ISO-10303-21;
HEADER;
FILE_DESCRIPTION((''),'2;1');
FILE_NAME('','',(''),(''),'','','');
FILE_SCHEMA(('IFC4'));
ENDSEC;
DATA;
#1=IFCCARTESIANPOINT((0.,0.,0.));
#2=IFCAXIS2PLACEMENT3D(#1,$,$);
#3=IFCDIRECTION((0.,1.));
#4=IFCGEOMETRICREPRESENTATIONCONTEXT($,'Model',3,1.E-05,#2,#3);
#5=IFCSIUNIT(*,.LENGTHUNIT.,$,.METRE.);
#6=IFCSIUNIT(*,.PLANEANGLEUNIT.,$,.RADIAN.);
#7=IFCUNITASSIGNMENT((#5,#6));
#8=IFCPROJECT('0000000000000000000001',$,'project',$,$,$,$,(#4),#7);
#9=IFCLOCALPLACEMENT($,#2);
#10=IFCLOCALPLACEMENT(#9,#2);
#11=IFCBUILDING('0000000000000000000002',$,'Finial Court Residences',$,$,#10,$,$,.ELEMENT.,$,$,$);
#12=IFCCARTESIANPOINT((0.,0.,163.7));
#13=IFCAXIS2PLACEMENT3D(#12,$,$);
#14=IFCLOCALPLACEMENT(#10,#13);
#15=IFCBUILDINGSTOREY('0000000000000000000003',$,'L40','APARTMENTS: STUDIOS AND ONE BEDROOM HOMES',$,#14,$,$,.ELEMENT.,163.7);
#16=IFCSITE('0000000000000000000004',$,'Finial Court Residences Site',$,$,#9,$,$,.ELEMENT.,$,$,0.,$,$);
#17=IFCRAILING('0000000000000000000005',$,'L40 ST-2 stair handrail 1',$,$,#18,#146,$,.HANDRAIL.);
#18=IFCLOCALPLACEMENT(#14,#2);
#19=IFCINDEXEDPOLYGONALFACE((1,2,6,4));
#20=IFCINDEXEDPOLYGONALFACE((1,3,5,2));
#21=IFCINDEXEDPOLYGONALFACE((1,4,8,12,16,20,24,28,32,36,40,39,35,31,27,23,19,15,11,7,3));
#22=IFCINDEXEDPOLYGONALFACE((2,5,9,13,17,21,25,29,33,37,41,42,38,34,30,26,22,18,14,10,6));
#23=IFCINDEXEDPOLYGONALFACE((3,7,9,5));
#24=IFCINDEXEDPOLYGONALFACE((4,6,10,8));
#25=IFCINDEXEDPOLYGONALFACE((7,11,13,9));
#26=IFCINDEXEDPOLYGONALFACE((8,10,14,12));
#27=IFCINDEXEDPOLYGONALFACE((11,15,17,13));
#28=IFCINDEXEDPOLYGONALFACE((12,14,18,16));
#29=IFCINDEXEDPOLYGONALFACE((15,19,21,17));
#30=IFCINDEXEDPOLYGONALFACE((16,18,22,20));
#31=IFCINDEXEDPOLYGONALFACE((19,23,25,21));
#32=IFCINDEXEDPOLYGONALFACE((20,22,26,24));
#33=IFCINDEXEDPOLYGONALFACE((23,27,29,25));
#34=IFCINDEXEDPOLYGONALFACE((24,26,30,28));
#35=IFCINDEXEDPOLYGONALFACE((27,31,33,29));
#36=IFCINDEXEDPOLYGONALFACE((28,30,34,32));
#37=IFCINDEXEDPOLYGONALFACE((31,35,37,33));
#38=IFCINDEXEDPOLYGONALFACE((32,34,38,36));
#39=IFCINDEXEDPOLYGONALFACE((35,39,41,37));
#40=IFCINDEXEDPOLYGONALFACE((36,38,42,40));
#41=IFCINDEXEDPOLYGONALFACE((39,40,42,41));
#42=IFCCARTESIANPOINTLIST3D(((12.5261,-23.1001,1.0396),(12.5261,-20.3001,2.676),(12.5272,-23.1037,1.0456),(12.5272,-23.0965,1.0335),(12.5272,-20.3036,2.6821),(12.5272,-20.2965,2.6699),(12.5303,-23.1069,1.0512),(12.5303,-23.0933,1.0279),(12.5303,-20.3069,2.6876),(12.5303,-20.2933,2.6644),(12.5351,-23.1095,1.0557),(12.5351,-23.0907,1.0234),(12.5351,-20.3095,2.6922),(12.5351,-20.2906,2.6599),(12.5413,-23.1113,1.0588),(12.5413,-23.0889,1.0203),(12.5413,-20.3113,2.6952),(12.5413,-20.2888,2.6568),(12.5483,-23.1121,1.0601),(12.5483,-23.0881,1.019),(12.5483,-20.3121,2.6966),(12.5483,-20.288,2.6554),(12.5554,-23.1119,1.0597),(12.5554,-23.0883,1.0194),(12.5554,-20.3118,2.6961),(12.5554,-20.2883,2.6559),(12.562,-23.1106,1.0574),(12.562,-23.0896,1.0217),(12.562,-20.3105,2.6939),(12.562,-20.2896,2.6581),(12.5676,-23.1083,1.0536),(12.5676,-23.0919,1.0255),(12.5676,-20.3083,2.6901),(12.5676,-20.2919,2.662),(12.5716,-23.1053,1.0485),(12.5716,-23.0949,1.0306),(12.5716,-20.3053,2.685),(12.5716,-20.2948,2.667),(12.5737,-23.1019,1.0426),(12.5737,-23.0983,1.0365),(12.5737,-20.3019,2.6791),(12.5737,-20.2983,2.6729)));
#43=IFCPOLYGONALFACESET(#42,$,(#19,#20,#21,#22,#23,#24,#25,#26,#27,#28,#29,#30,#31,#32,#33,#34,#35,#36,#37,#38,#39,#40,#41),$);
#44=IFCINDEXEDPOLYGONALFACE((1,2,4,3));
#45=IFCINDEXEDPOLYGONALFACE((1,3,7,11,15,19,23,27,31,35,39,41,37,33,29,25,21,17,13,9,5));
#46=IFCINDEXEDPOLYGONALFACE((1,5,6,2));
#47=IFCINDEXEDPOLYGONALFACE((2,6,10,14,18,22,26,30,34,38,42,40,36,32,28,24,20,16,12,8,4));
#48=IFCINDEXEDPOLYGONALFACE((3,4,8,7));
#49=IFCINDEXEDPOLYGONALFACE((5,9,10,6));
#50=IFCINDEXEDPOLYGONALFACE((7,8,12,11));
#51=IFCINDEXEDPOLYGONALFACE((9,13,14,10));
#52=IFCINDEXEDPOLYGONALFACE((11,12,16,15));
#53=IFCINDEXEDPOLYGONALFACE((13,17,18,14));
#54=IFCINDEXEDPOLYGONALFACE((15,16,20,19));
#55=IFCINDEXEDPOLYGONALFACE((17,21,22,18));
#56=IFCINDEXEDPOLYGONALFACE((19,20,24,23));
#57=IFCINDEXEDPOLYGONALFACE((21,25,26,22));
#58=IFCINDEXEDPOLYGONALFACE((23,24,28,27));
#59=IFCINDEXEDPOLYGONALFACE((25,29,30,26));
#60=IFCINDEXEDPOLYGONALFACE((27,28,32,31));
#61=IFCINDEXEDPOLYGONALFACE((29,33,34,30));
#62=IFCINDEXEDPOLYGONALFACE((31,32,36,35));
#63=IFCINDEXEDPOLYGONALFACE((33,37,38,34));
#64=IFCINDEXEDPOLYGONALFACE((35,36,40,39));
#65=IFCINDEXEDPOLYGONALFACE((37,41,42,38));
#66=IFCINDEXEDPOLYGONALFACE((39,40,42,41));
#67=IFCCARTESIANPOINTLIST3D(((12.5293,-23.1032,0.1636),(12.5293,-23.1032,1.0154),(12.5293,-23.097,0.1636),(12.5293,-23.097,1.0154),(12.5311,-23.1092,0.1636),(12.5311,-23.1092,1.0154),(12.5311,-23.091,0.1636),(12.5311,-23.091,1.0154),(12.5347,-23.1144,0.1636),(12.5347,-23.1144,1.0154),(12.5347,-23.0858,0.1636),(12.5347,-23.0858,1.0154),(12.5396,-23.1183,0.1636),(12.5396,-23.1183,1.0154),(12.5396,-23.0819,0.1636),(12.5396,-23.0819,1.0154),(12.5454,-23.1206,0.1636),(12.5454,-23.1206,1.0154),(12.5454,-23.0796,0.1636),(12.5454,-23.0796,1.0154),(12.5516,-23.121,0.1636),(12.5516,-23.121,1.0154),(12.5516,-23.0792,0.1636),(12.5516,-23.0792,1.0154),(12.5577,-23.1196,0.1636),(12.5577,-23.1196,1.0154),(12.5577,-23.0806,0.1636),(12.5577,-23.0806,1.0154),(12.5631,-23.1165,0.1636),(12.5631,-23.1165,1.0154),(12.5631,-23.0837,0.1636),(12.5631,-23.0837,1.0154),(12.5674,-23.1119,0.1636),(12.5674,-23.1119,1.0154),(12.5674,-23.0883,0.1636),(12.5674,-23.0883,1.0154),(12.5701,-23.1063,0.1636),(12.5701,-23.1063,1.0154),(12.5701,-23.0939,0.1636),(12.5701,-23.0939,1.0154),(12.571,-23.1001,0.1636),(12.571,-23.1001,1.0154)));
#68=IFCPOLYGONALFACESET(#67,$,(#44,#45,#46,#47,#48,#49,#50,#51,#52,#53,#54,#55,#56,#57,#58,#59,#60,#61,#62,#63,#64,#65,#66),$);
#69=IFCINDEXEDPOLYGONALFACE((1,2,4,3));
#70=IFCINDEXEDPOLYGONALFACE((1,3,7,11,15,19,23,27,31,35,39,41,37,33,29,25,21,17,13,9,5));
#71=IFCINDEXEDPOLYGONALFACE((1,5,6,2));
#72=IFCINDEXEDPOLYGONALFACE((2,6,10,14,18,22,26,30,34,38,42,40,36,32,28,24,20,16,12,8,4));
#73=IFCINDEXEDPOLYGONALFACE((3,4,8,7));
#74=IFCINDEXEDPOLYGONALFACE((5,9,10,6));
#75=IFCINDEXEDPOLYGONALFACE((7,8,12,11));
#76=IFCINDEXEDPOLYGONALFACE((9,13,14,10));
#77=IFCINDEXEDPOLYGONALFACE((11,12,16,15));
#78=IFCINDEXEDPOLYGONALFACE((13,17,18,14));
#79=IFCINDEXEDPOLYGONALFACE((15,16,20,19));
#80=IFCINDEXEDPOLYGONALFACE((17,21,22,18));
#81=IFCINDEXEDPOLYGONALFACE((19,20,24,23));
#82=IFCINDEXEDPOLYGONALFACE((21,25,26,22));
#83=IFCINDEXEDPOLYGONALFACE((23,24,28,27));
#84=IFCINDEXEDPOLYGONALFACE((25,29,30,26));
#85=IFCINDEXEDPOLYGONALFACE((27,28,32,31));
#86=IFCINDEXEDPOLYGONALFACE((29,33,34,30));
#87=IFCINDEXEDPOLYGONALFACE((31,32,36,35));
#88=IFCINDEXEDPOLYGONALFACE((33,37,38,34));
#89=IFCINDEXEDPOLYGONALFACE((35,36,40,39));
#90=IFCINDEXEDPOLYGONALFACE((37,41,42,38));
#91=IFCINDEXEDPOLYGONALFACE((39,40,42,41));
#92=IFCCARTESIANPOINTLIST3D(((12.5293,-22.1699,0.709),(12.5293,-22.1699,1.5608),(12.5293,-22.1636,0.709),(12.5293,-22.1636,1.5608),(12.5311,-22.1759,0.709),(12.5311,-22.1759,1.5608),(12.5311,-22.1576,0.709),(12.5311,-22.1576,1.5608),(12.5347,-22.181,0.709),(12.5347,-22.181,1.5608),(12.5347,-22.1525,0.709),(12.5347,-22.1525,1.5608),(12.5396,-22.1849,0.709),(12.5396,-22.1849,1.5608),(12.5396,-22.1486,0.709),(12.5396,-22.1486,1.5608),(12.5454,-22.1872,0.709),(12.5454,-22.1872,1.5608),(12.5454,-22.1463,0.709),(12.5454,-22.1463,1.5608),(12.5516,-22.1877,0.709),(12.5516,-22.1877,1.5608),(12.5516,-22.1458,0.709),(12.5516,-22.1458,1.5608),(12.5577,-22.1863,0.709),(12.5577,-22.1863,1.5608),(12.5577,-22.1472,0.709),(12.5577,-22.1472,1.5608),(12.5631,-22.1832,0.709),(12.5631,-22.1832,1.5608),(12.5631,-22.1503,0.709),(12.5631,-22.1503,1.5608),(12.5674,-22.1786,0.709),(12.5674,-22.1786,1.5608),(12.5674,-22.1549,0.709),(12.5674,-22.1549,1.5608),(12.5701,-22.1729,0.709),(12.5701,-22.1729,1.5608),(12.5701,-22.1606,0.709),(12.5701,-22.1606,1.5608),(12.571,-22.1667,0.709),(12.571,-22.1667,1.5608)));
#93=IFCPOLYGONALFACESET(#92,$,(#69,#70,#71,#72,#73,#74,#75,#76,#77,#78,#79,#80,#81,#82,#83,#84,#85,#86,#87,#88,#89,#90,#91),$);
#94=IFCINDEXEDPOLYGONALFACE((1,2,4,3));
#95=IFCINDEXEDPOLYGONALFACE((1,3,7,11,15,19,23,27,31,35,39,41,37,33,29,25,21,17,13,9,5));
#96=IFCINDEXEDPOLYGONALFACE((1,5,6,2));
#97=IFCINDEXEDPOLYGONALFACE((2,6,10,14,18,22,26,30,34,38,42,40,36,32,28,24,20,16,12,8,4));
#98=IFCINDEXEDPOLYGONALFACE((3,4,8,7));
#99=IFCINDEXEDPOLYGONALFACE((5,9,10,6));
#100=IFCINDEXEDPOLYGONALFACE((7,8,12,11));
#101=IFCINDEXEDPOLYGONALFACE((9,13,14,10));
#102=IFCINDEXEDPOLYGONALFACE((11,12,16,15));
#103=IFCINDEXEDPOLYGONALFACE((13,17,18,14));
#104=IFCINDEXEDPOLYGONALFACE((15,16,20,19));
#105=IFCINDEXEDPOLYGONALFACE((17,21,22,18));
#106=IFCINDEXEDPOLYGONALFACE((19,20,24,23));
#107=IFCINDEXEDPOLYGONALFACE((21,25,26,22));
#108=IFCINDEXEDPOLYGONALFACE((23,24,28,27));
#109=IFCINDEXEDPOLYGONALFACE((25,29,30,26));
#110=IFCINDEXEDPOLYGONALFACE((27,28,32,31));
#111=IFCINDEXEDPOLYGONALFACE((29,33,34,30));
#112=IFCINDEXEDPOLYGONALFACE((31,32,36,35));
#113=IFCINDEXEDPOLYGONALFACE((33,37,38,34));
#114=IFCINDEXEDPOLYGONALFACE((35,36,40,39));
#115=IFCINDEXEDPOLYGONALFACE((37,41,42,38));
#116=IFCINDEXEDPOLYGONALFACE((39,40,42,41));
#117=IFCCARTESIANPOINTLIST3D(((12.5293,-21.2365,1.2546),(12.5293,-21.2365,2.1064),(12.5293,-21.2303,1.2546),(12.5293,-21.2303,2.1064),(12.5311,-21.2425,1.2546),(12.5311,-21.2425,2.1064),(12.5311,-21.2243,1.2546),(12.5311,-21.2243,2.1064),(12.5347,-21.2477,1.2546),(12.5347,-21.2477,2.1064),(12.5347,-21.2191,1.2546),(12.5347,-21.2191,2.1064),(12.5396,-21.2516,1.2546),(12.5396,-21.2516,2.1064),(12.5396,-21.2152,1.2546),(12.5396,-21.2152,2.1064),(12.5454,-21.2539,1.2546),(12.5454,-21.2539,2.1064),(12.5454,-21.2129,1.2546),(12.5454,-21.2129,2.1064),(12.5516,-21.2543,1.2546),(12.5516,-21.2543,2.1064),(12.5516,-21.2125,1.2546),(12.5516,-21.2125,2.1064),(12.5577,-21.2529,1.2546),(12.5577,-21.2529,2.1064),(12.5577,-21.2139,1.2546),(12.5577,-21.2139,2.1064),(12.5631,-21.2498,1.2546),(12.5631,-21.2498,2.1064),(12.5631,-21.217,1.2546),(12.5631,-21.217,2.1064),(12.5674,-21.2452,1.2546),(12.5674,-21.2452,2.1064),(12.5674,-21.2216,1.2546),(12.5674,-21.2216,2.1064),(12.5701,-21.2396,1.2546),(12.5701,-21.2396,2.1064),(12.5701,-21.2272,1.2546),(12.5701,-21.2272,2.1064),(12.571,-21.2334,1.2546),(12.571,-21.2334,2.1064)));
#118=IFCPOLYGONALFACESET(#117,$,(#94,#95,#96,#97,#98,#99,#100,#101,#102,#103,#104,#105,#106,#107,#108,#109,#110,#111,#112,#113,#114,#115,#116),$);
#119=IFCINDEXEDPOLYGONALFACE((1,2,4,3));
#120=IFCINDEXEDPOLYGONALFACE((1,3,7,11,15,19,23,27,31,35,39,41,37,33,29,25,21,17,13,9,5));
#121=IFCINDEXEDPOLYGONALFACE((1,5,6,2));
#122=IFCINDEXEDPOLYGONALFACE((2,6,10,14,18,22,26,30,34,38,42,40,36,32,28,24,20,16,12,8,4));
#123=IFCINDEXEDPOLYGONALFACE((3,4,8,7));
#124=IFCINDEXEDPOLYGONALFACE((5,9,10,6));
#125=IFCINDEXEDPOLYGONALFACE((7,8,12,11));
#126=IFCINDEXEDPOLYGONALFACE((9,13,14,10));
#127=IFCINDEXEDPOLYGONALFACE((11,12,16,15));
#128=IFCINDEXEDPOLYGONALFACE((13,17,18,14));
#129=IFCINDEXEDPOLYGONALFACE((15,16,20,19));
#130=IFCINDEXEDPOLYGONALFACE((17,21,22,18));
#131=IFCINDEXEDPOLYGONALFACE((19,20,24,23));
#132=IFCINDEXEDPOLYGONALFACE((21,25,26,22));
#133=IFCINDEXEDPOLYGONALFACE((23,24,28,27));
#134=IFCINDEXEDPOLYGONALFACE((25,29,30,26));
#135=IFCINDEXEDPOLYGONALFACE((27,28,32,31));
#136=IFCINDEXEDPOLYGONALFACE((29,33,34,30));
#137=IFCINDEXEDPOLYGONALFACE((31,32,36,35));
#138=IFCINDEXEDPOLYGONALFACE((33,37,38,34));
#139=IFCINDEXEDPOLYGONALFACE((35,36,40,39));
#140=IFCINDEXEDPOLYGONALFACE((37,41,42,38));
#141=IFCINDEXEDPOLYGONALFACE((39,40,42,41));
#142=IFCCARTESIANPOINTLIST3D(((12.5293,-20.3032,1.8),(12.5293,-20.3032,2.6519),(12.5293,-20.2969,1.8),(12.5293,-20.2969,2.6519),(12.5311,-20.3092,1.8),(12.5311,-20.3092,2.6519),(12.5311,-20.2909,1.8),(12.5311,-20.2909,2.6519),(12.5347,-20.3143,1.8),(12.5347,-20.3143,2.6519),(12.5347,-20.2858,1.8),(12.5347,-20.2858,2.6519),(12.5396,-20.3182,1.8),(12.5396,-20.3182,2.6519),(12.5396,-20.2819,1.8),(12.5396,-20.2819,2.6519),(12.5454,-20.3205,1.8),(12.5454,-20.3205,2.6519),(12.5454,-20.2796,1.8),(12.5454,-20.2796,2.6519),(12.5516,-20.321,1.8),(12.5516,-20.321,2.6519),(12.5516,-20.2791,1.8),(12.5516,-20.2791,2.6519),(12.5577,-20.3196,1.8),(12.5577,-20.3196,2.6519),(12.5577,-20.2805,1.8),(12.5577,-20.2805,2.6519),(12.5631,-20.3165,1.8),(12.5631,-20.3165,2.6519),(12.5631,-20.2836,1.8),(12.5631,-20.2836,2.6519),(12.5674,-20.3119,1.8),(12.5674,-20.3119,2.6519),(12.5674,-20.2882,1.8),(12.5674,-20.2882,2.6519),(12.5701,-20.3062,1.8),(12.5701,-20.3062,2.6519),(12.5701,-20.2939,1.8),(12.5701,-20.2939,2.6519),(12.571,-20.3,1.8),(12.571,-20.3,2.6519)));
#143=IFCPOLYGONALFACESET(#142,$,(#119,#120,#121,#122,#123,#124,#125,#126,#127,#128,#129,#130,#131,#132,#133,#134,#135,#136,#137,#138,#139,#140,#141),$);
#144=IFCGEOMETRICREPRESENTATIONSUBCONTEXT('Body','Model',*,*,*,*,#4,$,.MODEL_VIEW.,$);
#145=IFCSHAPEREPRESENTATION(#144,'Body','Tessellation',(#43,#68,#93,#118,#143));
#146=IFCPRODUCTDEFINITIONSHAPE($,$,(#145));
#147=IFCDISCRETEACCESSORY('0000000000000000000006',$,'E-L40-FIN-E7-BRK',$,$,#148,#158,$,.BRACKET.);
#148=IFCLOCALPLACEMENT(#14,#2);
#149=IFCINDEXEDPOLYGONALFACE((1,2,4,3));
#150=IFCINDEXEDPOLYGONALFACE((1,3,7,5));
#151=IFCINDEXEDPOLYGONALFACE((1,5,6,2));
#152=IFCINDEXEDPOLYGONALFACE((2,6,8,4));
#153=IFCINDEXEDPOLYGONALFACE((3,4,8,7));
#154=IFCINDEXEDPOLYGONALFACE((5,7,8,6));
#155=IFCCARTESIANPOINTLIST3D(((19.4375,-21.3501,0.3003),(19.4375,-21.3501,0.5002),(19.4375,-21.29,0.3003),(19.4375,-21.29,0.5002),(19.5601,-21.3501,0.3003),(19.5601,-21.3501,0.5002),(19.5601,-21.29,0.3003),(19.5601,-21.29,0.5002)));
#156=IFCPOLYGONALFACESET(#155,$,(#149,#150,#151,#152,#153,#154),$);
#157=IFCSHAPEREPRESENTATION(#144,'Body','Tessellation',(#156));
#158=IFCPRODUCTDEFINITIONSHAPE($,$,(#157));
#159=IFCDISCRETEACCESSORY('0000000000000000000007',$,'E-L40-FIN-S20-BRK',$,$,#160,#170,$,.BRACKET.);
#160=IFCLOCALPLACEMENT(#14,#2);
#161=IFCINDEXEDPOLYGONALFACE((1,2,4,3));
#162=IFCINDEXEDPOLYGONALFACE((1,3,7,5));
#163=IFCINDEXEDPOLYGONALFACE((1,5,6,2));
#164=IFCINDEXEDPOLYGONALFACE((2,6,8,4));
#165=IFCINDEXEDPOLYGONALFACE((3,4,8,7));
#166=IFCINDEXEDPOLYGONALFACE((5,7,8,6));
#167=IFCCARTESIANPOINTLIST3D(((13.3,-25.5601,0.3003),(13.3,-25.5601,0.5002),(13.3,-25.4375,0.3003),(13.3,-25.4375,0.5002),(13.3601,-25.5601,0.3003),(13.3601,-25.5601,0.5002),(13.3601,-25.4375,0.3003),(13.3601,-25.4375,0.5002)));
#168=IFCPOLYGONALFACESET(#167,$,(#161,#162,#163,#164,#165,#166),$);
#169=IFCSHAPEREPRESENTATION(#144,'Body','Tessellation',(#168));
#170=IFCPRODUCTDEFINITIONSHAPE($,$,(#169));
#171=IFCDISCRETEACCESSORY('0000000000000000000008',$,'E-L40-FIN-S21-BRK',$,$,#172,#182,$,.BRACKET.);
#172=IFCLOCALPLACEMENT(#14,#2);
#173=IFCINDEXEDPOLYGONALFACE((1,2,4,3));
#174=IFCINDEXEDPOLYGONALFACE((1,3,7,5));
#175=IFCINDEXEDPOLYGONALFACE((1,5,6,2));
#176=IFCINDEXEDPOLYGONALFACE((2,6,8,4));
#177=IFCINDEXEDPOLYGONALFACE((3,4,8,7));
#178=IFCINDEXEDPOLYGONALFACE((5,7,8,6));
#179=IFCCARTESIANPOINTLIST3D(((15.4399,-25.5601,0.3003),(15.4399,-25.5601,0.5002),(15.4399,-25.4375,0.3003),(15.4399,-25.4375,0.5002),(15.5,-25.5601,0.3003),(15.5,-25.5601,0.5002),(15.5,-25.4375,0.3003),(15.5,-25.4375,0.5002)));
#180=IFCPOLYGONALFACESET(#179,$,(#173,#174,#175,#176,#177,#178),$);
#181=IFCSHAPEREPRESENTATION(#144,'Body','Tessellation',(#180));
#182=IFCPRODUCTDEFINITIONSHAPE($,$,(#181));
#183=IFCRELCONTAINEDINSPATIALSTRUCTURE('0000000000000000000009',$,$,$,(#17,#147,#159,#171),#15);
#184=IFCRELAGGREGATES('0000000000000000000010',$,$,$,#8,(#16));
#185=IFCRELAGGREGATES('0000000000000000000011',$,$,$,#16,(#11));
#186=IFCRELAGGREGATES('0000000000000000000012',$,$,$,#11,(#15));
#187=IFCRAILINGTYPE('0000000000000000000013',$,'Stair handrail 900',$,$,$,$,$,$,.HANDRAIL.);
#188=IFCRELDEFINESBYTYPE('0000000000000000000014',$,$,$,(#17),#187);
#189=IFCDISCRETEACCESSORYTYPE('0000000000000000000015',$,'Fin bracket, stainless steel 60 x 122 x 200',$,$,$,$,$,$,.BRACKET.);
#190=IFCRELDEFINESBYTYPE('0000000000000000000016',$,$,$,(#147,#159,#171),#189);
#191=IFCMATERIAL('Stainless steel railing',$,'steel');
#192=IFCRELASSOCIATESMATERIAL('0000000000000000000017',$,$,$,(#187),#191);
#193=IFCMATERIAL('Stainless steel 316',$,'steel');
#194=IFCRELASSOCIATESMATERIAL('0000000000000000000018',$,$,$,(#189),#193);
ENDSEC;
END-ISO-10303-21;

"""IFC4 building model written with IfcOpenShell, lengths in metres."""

from ifc_helpers import new_model, si_unit, direction, frame, origin, origin_2d, place, context, subcontext, project, spatial, rectangle, circle, extrude, material, type_object, element, save


model = new_model("IFC4")

# Units and contexts
model_context = context("Model", 3, precision=1e-05, world=origin(), true_north=direction((0.0, 1.0)))
body_context = subcontext(model_context, "Body", "Model", "MODEL_VIEW")
ifc_project = project(units=[si_unit("LENGTHUNIT", "METRE"), si_unit("PLANEANGLEUNIT", "RADIAN")], contexts=[model_context])

# Site, building, storey
site_placement = place(None, origin())
site = spatial("IfcSite", under=ifc_project, at=site_placement, Name="Finial Court Residences Site", CompositionType="ELEMENT", RefElevation=0.0)
building_placement = place(site_placement, origin())
building = spatial("IfcBuilding", under=site, at=building_placement, Name="Finial Court Residences", CompositionType="ELEMENT")
storey_placement = place(building_placement, frame((0.0, 0.0, 163.7)))
storey = spatial("IfcBuildingStorey", under=building, at=storey_placement, Name="L40", Description="APARTMENTS: STUDIOS AND ONE BEDROOM HOMES", CompositionType="ELEMENT", Elevation=163.7)

# Railing
ifc_material_1 = material(Name="Stainless steel railing", Category="steel")
railing_type = type_object("IfcRailingType", Name="Stair handrail 900", PredefinedType="HANDRAIL", material=ifc_material_1)
railing_placement = place(storey_placement, frame((12.55, -23.1001, 0.1636)))
element("IfcRailing", 1, at=railing_placement, inside=storey, type_object=railing_type, Name="L40 ST-2 stair handrail 1", PredefinedType="HANDRAIL", context=body_context, shape_type="SweptSolid", body=[
    extrude(circle(Radius=0.0239, at=origin_2d()), frame((0.0, 0.0, 0.876), z_axis=(0.0, 0.863361, 0.504587), x_axis=(-1.0, 0.0, 0.0)), (0.0, 0.0, 1.0), 3.2432),
    extrude(circle(Radius=0.021, at=origin_2d()), origin(), (0.0, 0.0, 1.0), 0.8518),
    extrude(circle(Radius=0.021, at=origin_2d()), frame((0.0, 0.9333, 0.5454)), (0.0, 0.0, 1.0), 0.8518),
    extrude(circle(Radius=0.021, at=origin_2d()), frame((0.0, 1.8667, 1.0911)), (0.0, 0.0, 1.0), 0.8518),
    extrude(circle(Radius=0.021, at=origin_2d()), frame((0.0, 2.8, 1.6365)), (0.0, 0.0, 1.0), 0.8518),
])

# Discrete accessories
ifc_material_2 = material(Name="Stainless steel 316", Category="steel")
discrete_accessory_type = type_object("IfcDiscreteAccessoryType", Name="Fin bracket, stainless steel 60 x 122 x 200", PredefinedType="BRACKET", material=ifc_material_2)
discrete_accessory_placement = place(storey_placement, frame((19.4988, -21.3201, 0.3003), z_axis=(0.0, 0.0, 1.0), x_axis=(1.0, 0.0, 0.0)))
element("IfcDiscreteAccessory", 2, at=discrete_accessory_placement, inside=storey, type_object=discrete_accessory_type, Name="E-L40-FIN-E7-BRK", PredefinedType="BRACKET", context=body_context, shape_type="SweptSolid", body=[
    extrude(rectangle(XDim=0.1226, YDim=0.0601, at=origin_2d()), origin(), (0.0, 0.0, 1.0), 0.2),
])
for number, where, z_axis, x_axis, name in (
    (3, (13.3301, -25.4988, 0.3003), (0.0, 0.0, 1.0), (1.0, 0.0, 0.0), "E-L40-FIN-S20-BRK"),
    (4, (15.47, -25.4988, 0.3003), (0.0, 0.0, 1.0), (1.0, 0.0, 0.0), "E-L40-FIN-S21-BRK"),
):
    element("IfcDiscreteAccessory", number, at=place(storey_placement, frame(where, z_axis=z_axis, x_axis=x_axis)), inside=storey, type_object=discrete_accessory_type, Name=name, PredefinedType="BRACKET", context=body_context, shape_type="SweptSolid", body=[
        extrude(rectangle(XDim=0.0601, YDim=0.1226, at=origin_2d()), origin(), (0.0, 0.0, 1.0), 0.2),
    ])

save(model, "model.ifc")
